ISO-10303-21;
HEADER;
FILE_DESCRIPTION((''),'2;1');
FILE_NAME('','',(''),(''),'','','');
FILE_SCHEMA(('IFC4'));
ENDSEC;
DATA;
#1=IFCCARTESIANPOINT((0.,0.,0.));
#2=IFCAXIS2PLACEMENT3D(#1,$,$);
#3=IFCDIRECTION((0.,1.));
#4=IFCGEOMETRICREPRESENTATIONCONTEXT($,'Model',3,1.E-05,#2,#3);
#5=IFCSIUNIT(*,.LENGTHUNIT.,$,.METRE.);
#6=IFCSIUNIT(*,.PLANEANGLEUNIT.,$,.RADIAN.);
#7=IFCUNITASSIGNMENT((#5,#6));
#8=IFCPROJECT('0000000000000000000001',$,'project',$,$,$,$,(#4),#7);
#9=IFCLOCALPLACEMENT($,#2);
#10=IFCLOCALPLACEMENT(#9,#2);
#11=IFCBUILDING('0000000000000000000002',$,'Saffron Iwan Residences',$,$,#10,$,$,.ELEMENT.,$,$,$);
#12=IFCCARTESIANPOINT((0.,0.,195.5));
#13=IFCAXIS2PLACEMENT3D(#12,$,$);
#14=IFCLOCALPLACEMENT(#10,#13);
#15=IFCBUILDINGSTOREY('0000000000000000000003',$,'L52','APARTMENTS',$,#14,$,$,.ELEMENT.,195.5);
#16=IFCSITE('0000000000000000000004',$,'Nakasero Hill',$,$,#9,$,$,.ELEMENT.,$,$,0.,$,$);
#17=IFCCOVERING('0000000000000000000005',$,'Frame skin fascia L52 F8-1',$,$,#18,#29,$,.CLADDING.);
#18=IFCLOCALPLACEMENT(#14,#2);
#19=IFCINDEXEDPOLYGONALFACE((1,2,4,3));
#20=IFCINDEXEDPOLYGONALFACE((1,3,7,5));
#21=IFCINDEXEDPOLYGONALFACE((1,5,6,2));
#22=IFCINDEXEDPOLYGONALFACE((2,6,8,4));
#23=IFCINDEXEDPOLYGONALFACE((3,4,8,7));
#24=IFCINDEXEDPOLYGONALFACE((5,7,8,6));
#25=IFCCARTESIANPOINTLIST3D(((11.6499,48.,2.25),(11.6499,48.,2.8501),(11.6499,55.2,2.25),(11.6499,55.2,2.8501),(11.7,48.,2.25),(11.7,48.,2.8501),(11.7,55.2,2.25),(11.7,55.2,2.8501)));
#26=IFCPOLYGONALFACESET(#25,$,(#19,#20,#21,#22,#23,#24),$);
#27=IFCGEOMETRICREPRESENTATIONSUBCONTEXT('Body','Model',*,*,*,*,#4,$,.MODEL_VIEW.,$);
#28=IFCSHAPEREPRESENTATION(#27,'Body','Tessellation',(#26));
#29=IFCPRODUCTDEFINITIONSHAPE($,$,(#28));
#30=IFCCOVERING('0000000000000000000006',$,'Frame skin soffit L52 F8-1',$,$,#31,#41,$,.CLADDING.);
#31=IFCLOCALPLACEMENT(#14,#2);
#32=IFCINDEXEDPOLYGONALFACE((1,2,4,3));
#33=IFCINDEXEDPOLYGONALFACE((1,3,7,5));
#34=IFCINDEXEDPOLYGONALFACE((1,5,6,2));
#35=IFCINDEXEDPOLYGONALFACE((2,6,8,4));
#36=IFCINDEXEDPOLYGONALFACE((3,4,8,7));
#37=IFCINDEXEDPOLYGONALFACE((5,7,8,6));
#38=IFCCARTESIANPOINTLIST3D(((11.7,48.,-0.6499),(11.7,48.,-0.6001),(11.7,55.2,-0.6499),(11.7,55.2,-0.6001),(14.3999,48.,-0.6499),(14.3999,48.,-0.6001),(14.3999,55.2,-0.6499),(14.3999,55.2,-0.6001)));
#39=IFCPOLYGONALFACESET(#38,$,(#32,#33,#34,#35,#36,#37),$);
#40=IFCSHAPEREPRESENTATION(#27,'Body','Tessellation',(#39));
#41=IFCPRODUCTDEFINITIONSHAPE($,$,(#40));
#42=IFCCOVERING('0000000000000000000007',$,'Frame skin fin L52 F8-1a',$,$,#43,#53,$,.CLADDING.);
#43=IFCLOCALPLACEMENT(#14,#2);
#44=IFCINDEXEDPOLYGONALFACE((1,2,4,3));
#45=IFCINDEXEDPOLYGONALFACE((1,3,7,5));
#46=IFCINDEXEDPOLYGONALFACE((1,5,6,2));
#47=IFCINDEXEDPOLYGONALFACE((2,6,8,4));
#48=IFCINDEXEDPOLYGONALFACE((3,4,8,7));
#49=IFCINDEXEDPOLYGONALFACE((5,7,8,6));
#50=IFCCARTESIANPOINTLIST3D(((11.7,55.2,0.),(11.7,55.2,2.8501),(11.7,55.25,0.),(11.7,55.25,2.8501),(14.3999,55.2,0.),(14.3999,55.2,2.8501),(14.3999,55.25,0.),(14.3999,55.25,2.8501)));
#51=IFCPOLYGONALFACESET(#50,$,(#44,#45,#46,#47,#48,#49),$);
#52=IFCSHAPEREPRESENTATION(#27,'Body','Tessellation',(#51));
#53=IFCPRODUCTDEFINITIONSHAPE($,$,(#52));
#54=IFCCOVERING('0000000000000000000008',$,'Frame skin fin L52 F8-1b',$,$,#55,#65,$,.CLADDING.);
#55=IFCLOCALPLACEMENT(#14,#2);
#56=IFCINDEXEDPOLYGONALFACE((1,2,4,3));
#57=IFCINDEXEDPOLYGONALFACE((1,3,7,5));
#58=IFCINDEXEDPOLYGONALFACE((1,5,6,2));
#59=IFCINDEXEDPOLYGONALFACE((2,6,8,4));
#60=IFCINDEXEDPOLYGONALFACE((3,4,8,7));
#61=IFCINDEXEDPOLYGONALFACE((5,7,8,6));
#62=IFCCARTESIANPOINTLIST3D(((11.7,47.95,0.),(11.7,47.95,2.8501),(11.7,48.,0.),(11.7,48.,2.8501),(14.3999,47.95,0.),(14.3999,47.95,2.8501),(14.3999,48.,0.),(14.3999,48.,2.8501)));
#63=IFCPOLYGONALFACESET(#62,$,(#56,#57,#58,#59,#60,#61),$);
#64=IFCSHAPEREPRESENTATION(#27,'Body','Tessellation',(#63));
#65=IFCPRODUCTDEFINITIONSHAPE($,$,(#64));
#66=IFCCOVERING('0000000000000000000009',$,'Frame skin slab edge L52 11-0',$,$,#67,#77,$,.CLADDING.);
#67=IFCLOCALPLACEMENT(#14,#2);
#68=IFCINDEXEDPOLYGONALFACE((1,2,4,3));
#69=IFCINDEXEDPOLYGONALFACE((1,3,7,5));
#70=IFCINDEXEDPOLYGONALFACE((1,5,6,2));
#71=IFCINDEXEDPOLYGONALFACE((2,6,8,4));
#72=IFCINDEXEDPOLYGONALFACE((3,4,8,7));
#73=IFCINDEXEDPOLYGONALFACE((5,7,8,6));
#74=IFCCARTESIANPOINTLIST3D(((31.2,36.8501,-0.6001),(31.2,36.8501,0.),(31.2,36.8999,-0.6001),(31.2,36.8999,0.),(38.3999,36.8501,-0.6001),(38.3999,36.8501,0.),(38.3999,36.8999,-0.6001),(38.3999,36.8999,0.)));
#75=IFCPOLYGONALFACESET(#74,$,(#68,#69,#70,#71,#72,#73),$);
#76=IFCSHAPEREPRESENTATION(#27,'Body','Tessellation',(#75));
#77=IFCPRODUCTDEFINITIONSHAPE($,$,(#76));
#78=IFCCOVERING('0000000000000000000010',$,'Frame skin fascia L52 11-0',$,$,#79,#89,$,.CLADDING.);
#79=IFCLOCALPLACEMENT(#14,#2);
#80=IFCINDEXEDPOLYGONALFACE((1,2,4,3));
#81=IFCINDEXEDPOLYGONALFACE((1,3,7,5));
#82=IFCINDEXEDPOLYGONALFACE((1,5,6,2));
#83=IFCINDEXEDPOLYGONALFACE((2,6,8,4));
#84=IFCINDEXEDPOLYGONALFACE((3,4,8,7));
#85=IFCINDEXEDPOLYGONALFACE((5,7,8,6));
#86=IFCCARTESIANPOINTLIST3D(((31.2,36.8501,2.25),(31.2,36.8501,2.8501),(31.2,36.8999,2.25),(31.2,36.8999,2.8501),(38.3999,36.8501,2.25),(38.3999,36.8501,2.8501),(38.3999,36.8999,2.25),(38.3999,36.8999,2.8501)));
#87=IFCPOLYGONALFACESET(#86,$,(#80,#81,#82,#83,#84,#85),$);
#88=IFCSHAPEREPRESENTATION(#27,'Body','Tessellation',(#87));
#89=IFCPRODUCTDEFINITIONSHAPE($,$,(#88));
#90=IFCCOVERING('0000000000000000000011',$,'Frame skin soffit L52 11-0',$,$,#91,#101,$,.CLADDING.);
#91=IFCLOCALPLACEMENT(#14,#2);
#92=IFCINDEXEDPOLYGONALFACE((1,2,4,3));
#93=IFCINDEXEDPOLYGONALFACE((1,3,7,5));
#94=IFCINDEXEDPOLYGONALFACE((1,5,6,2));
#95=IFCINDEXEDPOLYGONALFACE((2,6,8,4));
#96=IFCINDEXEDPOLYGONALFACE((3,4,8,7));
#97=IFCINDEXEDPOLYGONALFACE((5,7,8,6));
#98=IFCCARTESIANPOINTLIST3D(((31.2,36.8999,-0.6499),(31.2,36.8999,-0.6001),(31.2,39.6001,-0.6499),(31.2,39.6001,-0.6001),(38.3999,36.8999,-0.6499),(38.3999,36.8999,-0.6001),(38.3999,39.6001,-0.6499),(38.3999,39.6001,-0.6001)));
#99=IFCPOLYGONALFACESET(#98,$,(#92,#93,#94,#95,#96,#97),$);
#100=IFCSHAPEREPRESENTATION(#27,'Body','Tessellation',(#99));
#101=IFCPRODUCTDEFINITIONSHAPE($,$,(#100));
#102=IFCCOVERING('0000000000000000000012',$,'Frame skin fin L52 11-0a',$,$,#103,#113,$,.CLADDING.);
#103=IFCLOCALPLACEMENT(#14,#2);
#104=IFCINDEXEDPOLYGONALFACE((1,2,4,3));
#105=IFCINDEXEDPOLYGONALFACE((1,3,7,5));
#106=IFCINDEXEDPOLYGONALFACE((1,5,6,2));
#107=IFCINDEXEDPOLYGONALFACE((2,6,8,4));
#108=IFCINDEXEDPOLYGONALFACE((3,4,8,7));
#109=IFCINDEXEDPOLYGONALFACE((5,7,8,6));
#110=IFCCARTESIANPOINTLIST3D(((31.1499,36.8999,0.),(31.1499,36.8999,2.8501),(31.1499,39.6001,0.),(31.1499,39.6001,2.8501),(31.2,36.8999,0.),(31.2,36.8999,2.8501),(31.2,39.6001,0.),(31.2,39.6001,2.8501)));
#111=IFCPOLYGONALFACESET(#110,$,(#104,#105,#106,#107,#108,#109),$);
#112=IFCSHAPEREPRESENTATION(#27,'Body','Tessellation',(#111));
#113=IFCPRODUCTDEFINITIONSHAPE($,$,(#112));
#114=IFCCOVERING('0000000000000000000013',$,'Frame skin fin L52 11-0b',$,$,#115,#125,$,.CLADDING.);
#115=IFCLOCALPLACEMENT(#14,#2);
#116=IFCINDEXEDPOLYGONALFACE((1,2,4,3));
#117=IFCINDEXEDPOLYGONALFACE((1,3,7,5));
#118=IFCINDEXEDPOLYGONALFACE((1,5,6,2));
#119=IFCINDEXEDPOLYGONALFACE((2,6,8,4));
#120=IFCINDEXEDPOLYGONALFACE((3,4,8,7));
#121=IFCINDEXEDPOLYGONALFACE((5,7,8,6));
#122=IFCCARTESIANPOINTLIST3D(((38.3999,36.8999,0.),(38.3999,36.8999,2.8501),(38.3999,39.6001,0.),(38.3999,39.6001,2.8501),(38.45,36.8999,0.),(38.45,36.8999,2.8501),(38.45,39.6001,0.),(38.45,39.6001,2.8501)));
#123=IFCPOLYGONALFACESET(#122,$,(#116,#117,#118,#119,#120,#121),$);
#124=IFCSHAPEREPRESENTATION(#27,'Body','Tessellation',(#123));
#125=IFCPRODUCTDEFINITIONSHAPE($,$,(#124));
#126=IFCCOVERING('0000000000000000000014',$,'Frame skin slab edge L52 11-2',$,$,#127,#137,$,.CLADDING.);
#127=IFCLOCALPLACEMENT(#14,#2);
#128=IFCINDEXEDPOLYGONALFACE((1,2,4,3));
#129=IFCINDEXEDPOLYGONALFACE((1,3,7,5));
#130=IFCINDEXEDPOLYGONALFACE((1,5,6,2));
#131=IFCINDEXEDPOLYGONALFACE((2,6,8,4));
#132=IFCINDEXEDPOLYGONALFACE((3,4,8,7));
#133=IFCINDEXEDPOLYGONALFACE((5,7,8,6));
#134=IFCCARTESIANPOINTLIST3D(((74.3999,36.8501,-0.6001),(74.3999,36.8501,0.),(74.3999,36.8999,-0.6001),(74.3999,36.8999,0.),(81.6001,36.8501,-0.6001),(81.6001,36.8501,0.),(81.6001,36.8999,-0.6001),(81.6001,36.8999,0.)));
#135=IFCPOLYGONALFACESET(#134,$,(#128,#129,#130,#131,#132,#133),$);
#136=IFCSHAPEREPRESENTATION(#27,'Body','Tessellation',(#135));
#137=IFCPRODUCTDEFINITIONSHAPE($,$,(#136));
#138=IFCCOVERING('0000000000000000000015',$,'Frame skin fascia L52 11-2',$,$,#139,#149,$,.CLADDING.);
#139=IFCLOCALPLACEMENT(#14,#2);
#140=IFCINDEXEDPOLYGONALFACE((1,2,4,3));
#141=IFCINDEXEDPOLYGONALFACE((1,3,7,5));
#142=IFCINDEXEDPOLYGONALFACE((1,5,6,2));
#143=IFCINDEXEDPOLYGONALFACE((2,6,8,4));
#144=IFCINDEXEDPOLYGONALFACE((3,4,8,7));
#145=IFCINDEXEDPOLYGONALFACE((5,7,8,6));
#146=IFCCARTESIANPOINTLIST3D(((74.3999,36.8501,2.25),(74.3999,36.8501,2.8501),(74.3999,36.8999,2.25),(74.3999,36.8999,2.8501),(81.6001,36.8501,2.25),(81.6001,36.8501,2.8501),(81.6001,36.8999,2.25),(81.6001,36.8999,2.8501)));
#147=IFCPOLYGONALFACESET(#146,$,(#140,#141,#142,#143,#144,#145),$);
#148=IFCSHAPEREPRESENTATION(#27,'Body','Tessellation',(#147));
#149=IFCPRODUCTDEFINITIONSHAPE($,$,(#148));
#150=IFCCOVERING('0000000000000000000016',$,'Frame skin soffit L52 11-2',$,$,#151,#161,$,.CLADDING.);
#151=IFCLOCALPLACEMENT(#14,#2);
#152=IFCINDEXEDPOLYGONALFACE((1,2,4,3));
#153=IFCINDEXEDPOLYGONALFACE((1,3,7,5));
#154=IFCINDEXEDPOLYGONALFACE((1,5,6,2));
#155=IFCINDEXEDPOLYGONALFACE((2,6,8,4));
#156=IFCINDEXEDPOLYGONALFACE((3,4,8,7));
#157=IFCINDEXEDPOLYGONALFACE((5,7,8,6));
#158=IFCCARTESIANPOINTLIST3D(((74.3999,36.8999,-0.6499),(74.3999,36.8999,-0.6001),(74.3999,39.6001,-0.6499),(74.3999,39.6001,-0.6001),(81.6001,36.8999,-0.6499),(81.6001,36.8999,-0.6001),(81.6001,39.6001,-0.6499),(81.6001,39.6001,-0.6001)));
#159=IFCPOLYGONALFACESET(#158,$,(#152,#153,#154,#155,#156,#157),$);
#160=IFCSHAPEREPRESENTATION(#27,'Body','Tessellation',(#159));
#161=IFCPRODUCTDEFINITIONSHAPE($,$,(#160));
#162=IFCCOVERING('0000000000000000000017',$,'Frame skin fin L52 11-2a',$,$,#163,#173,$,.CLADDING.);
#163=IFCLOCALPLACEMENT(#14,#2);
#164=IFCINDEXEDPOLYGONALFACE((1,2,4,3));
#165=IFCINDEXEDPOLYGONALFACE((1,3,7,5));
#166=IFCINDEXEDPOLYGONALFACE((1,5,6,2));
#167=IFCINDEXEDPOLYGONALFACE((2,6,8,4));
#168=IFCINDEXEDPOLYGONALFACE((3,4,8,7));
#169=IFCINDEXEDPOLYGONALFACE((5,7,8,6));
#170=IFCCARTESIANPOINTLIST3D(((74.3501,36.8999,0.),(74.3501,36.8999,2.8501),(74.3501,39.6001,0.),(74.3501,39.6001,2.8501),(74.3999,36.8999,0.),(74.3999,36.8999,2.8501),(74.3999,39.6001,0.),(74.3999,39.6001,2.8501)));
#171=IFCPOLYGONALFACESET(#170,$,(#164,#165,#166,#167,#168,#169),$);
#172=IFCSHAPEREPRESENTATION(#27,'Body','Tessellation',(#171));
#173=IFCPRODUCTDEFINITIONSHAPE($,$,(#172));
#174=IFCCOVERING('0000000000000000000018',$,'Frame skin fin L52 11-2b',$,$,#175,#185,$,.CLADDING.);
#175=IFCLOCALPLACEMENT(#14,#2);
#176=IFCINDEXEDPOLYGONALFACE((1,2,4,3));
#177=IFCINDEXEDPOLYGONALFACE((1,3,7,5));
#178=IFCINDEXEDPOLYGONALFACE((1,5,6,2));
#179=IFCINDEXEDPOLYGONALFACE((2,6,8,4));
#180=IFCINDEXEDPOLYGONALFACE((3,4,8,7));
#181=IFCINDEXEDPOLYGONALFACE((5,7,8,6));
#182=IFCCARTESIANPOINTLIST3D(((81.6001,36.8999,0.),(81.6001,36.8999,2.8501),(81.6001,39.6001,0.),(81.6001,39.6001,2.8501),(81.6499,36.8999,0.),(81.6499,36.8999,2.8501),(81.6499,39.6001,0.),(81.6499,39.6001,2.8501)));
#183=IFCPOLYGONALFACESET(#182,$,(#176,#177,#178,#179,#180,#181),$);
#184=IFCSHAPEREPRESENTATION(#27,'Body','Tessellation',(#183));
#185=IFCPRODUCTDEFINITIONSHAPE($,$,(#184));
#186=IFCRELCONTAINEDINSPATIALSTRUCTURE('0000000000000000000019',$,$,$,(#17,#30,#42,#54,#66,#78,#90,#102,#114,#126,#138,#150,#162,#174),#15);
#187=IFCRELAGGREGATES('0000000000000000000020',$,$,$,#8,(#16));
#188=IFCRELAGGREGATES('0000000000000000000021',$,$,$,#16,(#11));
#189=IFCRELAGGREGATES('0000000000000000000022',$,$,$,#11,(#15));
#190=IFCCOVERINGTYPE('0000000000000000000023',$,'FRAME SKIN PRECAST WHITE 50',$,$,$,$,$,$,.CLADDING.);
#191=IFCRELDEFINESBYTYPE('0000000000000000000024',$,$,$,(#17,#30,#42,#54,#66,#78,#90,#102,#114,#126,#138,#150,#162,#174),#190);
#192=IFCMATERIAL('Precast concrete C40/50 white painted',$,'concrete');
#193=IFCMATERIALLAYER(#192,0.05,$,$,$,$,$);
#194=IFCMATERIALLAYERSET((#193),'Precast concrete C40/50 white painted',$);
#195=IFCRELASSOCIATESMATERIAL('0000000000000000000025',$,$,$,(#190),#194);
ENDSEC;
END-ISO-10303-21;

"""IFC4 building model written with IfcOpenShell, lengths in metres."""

from ifc_helpers import new_model, si_unit, direction, frame, origin, place, context, subcontext, project, spatial, polyline, outline, extrude, material, layer, layer_set, type_object, element, save


model = new_model("IFC4")

# Units and contexts
model_context = context("Model", 3, precision=1e-05, world=origin(), true_north=direction((0.0, 1.0)))
body_context = subcontext(model_context, "Body", "Model", "MODEL_VIEW")
ifc_project = project(units=[si_unit("LENGTHUNIT", "METRE"), si_unit("PLANEANGLEUNIT", "RADIAN")], contexts=[model_context])

# Site, building, storey
site_placement = place(None, origin())
site = spatial("IfcSite", under=ifc_project, at=site_placement, Name="Nakasero Hill", CompositionType="ELEMENT", RefElevation=0.0)
building_placement = place(site_placement, origin())
building = spatial("IfcBuilding", under=site, at=building_placement, Name="Saffron Iwan Residences", CompositionType="ELEMENT")
storey_placement = place(building_placement, frame((0.0, 0.0, 195.5)))
storey = spatial("IfcBuildingStorey", under=building, at=storey_placement, Name="L52", Description="APARTMENTS", CompositionType="ELEMENT", Elevation=195.5)

# Coverings
ifc_material_1 = material(Name="Precast concrete C40/50 white painted", Category="concrete")
ifc_layer_1 = layer(ifc_material_1, 0.05)
ifc_layer_set_1 = layer_set([ifc_layer_1], Name="Precast concrete C40/50 white painted")
covering_type = type_object("IfcCoveringType", Name="FRAME SKIN PRECAST WHITE 50", PredefinedType="CLADDING", material=ifc_layer_set_1)
for number, where, name in (
    (1, (0.0, 0.0, 2.25), "Frame skin fascia L52 F8-1"),
):
    element("IfcCovering", number, at=place(storey_placement, frame(where)), inside=storey, type_object=covering_type, Name=name, PredefinedType="CLADDING", context=body_context, shape_type="SweptSolid", body=[
        extrude(outline(polyline([(11.6499, 55.2), (11.6499, 48.0), (11.7, 48.0), (11.7, 55.2), (11.6499, 55.2)])), origin(), (0.0, 0.0, 1.0), 0.6001),
    ])
covering_1_placement = place(storey_placement, frame((0.0, 0.0, -0.6499)))
element("IfcCovering", 2, at=covering_1_placement, inside=storey, type_object=covering_type, Name="Frame skin soffit L52 F8-1", PredefinedType="CLADDING", context=body_context, shape_type="SweptSolid", body=[
    extrude(outline(polyline([(11.7, 55.2), (11.7, 48.0), (14.3999, 48.0), (14.3999, 55.2), (11.7, 55.2)])), origin(), (0.0, 0.0, 1.0), 0.0498),
])
covering_2_placement = place(storey_placement, origin())
element("IfcCovering", 3, at=covering_2_placement, inside=storey, type_object=covering_type, Name="Frame skin fin L52 F8-1a", PredefinedType="CLADDING", context=body_context, shape_type="SweptSolid", body=[
    extrude(outline(polyline([(11.7, 55.25), (11.7, 55.2), (14.3999, 55.2), (14.3999, 55.25), (11.7, 55.25)])), origin(), (0.0, 0.0, 1.0), 2.8501),
])
covering_3_placement = place(storey_placement, origin())
element("IfcCovering", 4, at=covering_3_placement, inside=storey, type_object=covering_type, Name="Frame skin fin L52 F8-1b", PredefinedType="CLADDING", context=body_context, shape_type="SweptSolid", body=[
    extrude(outline(polyline([(11.7, 48.0), (11.7, 47.95), (14.3999, 47.95), (14.3999, 48.0), (11.7, 48.0)])), origin(), (0.0, 0.0, 1.0), 2.8501),
])
for number, where, name in (
    (5, (0.0, 0.0, -0.6001), "Frame skin slab edge L52 11-0"),
    (6, (0.0, 0.0, 2.25), "Frame skin fascia L52 11-0"),
):
    element("IfcCovering", number, at=place(storey_placement, frame(where)), inside=storey, type_object=covering_type, Name=name, PredefinedType="CLADDING", context=body_context, shape_type="SweptSolid", body=[
        extrude(outline(polyline([(31.2, 36.8501), (38.3999, 36.8501), (38.3999, 36.8999), (31.2, 36.8999), (31.2, 36.8501)])), origin(), (0.0, 0.0, 1.0), 0.6001),
    ])
covering_4_placement = place(storey_placement, frame((0.0, 0.0, -0.6499)))
element("IfcCovering", 7, at=covering_4_placement, inside=storey, type_object=covering_type, Name="Frame skin soffit L52 11-0", PredefinedType="CLADDING", context=body_context, shape_type="SweptSolid", body=[
    extrude(outline(polyline([(31.2, 36.8999), (38.3999, 36.8999), (38.3999, 39.6001), (31.2, 39.6001), (31.2, 36.8999)])), origin(), (0.0, 0.0, 1.0), 0.0498),
])
covering_5_placement = place(storey_placement, origin())
element("IfcCovering", 8, at=covering_5_placement, inside=storey, type_object=covering_type, Name="Frame skin fin L52 11-0a", PredefinedType="CLADDING", context=body_context, shape_type="SweptSolid", body=[
    extrude(outline(polyline([(31.1499, 36.8999), (31.2, 36.8999), (31.2, 39.6001), (31.1499, 39.6001), (31.1499, 36.8999)])), origin(), (0.0, 0.0, 1.0), 2.8501),
])
covering_6_placement = place(storey_placement, origin())
element("IfcCovering", 9, at=covering_6_placement, inside=storey, type_object=covering_type, Name="Frame skin fin L52 11-0b", PredefinedType="CLADDING", context=body_context, shape_type="SweptSolid", body=[
    extrude(outline(polyline([(38.3999, 36.8999), (38.45, 36.8999), (38.45, 39.6001), (38.3999, 39.6001), (38.3999, 36.8999)])), origin(), (0.0, 0.0, 1.0), 2.8501),
])
for number, where, name in (
    (10, (0.0, 0.0, -0.6001), "Frame skin slab edge L52 11-2"),
    (11, (0.0, 0.0, 2.25), "Frame skin fascia L52 11-2"),
):
    element("IfcCovering", number, at=place(storey_placement, frame(where)), inside=storey, type_object=covering_type, Name=name, PredefinedType="CLADDING", context=body_context, shape_type="SweptSolid", body=[
        extrude(outline(polyline([(74.3999, 36.8501), (81.6001, 36.8501), (81.6001, 36.8999), (74.3999, 36.8999), (74.3999, 36.8501)])), origin(), (0.0, 0.0, 1.0), 0.6001),
    ])
covering_7_placement = place(storey_placement, frame((0.0, 0.0, -0.6499)))
element("IfcCovering", 12, at=covering_7_placement, inside=storey, type_object=covering_type, Name="Frame skin soffit L52 11-2", PredefinedType="CLADDING", context=body_context, shape_type="SweptSolid", body=[
    extrude(outline(polyline([(74.3999, 36.8999), (81.6001, 36.8999), (81.6001, 39.6001), (74.3999, 39.6001), (74.3999, 36.8999)])), origin(), (0.0, 0.0, 1.0), 0.0498),
])
covering_8_placement = place(storey_placement, origin())
element("IfcCovering", 13, at=covering_8_placement, inside=storey, type_object=covering_type, Name="Frame skin fin L52 11-2a", PredefinedType="CLADDING", context=body_context, shape_type="SweptSolid", body=[
    extrude(outline(polyline([(74.3501, 36.8999), (74.3999, 36.8999), (74.3999, 39.6001), (74.3501, 39.6001), (74.3501, 36.8999)])), origin(), (0.0, 0.0, 1.0), 2.8501),
])
covering_9_placement = place(storey_placement, origin())
element("IfcCovering", 14, at=covering_9_placement, inside=storey, type_object=covering_type, Name="Frame skin fin L52 11-2b", PredefinedType="CLADDING", context=body_context, shape_type="SweptSolid", body=[
    extrude(outline(polyline([(81.6001, 36.8999), (81.6499, 36.8999), (81.6499, 39.6001), (81.6001, 39.6001), (81.6001, 36.8999)])), origin(), (0.0, 0.0, 1.0), 2.8501),
])

save(model, "model.ifc")
